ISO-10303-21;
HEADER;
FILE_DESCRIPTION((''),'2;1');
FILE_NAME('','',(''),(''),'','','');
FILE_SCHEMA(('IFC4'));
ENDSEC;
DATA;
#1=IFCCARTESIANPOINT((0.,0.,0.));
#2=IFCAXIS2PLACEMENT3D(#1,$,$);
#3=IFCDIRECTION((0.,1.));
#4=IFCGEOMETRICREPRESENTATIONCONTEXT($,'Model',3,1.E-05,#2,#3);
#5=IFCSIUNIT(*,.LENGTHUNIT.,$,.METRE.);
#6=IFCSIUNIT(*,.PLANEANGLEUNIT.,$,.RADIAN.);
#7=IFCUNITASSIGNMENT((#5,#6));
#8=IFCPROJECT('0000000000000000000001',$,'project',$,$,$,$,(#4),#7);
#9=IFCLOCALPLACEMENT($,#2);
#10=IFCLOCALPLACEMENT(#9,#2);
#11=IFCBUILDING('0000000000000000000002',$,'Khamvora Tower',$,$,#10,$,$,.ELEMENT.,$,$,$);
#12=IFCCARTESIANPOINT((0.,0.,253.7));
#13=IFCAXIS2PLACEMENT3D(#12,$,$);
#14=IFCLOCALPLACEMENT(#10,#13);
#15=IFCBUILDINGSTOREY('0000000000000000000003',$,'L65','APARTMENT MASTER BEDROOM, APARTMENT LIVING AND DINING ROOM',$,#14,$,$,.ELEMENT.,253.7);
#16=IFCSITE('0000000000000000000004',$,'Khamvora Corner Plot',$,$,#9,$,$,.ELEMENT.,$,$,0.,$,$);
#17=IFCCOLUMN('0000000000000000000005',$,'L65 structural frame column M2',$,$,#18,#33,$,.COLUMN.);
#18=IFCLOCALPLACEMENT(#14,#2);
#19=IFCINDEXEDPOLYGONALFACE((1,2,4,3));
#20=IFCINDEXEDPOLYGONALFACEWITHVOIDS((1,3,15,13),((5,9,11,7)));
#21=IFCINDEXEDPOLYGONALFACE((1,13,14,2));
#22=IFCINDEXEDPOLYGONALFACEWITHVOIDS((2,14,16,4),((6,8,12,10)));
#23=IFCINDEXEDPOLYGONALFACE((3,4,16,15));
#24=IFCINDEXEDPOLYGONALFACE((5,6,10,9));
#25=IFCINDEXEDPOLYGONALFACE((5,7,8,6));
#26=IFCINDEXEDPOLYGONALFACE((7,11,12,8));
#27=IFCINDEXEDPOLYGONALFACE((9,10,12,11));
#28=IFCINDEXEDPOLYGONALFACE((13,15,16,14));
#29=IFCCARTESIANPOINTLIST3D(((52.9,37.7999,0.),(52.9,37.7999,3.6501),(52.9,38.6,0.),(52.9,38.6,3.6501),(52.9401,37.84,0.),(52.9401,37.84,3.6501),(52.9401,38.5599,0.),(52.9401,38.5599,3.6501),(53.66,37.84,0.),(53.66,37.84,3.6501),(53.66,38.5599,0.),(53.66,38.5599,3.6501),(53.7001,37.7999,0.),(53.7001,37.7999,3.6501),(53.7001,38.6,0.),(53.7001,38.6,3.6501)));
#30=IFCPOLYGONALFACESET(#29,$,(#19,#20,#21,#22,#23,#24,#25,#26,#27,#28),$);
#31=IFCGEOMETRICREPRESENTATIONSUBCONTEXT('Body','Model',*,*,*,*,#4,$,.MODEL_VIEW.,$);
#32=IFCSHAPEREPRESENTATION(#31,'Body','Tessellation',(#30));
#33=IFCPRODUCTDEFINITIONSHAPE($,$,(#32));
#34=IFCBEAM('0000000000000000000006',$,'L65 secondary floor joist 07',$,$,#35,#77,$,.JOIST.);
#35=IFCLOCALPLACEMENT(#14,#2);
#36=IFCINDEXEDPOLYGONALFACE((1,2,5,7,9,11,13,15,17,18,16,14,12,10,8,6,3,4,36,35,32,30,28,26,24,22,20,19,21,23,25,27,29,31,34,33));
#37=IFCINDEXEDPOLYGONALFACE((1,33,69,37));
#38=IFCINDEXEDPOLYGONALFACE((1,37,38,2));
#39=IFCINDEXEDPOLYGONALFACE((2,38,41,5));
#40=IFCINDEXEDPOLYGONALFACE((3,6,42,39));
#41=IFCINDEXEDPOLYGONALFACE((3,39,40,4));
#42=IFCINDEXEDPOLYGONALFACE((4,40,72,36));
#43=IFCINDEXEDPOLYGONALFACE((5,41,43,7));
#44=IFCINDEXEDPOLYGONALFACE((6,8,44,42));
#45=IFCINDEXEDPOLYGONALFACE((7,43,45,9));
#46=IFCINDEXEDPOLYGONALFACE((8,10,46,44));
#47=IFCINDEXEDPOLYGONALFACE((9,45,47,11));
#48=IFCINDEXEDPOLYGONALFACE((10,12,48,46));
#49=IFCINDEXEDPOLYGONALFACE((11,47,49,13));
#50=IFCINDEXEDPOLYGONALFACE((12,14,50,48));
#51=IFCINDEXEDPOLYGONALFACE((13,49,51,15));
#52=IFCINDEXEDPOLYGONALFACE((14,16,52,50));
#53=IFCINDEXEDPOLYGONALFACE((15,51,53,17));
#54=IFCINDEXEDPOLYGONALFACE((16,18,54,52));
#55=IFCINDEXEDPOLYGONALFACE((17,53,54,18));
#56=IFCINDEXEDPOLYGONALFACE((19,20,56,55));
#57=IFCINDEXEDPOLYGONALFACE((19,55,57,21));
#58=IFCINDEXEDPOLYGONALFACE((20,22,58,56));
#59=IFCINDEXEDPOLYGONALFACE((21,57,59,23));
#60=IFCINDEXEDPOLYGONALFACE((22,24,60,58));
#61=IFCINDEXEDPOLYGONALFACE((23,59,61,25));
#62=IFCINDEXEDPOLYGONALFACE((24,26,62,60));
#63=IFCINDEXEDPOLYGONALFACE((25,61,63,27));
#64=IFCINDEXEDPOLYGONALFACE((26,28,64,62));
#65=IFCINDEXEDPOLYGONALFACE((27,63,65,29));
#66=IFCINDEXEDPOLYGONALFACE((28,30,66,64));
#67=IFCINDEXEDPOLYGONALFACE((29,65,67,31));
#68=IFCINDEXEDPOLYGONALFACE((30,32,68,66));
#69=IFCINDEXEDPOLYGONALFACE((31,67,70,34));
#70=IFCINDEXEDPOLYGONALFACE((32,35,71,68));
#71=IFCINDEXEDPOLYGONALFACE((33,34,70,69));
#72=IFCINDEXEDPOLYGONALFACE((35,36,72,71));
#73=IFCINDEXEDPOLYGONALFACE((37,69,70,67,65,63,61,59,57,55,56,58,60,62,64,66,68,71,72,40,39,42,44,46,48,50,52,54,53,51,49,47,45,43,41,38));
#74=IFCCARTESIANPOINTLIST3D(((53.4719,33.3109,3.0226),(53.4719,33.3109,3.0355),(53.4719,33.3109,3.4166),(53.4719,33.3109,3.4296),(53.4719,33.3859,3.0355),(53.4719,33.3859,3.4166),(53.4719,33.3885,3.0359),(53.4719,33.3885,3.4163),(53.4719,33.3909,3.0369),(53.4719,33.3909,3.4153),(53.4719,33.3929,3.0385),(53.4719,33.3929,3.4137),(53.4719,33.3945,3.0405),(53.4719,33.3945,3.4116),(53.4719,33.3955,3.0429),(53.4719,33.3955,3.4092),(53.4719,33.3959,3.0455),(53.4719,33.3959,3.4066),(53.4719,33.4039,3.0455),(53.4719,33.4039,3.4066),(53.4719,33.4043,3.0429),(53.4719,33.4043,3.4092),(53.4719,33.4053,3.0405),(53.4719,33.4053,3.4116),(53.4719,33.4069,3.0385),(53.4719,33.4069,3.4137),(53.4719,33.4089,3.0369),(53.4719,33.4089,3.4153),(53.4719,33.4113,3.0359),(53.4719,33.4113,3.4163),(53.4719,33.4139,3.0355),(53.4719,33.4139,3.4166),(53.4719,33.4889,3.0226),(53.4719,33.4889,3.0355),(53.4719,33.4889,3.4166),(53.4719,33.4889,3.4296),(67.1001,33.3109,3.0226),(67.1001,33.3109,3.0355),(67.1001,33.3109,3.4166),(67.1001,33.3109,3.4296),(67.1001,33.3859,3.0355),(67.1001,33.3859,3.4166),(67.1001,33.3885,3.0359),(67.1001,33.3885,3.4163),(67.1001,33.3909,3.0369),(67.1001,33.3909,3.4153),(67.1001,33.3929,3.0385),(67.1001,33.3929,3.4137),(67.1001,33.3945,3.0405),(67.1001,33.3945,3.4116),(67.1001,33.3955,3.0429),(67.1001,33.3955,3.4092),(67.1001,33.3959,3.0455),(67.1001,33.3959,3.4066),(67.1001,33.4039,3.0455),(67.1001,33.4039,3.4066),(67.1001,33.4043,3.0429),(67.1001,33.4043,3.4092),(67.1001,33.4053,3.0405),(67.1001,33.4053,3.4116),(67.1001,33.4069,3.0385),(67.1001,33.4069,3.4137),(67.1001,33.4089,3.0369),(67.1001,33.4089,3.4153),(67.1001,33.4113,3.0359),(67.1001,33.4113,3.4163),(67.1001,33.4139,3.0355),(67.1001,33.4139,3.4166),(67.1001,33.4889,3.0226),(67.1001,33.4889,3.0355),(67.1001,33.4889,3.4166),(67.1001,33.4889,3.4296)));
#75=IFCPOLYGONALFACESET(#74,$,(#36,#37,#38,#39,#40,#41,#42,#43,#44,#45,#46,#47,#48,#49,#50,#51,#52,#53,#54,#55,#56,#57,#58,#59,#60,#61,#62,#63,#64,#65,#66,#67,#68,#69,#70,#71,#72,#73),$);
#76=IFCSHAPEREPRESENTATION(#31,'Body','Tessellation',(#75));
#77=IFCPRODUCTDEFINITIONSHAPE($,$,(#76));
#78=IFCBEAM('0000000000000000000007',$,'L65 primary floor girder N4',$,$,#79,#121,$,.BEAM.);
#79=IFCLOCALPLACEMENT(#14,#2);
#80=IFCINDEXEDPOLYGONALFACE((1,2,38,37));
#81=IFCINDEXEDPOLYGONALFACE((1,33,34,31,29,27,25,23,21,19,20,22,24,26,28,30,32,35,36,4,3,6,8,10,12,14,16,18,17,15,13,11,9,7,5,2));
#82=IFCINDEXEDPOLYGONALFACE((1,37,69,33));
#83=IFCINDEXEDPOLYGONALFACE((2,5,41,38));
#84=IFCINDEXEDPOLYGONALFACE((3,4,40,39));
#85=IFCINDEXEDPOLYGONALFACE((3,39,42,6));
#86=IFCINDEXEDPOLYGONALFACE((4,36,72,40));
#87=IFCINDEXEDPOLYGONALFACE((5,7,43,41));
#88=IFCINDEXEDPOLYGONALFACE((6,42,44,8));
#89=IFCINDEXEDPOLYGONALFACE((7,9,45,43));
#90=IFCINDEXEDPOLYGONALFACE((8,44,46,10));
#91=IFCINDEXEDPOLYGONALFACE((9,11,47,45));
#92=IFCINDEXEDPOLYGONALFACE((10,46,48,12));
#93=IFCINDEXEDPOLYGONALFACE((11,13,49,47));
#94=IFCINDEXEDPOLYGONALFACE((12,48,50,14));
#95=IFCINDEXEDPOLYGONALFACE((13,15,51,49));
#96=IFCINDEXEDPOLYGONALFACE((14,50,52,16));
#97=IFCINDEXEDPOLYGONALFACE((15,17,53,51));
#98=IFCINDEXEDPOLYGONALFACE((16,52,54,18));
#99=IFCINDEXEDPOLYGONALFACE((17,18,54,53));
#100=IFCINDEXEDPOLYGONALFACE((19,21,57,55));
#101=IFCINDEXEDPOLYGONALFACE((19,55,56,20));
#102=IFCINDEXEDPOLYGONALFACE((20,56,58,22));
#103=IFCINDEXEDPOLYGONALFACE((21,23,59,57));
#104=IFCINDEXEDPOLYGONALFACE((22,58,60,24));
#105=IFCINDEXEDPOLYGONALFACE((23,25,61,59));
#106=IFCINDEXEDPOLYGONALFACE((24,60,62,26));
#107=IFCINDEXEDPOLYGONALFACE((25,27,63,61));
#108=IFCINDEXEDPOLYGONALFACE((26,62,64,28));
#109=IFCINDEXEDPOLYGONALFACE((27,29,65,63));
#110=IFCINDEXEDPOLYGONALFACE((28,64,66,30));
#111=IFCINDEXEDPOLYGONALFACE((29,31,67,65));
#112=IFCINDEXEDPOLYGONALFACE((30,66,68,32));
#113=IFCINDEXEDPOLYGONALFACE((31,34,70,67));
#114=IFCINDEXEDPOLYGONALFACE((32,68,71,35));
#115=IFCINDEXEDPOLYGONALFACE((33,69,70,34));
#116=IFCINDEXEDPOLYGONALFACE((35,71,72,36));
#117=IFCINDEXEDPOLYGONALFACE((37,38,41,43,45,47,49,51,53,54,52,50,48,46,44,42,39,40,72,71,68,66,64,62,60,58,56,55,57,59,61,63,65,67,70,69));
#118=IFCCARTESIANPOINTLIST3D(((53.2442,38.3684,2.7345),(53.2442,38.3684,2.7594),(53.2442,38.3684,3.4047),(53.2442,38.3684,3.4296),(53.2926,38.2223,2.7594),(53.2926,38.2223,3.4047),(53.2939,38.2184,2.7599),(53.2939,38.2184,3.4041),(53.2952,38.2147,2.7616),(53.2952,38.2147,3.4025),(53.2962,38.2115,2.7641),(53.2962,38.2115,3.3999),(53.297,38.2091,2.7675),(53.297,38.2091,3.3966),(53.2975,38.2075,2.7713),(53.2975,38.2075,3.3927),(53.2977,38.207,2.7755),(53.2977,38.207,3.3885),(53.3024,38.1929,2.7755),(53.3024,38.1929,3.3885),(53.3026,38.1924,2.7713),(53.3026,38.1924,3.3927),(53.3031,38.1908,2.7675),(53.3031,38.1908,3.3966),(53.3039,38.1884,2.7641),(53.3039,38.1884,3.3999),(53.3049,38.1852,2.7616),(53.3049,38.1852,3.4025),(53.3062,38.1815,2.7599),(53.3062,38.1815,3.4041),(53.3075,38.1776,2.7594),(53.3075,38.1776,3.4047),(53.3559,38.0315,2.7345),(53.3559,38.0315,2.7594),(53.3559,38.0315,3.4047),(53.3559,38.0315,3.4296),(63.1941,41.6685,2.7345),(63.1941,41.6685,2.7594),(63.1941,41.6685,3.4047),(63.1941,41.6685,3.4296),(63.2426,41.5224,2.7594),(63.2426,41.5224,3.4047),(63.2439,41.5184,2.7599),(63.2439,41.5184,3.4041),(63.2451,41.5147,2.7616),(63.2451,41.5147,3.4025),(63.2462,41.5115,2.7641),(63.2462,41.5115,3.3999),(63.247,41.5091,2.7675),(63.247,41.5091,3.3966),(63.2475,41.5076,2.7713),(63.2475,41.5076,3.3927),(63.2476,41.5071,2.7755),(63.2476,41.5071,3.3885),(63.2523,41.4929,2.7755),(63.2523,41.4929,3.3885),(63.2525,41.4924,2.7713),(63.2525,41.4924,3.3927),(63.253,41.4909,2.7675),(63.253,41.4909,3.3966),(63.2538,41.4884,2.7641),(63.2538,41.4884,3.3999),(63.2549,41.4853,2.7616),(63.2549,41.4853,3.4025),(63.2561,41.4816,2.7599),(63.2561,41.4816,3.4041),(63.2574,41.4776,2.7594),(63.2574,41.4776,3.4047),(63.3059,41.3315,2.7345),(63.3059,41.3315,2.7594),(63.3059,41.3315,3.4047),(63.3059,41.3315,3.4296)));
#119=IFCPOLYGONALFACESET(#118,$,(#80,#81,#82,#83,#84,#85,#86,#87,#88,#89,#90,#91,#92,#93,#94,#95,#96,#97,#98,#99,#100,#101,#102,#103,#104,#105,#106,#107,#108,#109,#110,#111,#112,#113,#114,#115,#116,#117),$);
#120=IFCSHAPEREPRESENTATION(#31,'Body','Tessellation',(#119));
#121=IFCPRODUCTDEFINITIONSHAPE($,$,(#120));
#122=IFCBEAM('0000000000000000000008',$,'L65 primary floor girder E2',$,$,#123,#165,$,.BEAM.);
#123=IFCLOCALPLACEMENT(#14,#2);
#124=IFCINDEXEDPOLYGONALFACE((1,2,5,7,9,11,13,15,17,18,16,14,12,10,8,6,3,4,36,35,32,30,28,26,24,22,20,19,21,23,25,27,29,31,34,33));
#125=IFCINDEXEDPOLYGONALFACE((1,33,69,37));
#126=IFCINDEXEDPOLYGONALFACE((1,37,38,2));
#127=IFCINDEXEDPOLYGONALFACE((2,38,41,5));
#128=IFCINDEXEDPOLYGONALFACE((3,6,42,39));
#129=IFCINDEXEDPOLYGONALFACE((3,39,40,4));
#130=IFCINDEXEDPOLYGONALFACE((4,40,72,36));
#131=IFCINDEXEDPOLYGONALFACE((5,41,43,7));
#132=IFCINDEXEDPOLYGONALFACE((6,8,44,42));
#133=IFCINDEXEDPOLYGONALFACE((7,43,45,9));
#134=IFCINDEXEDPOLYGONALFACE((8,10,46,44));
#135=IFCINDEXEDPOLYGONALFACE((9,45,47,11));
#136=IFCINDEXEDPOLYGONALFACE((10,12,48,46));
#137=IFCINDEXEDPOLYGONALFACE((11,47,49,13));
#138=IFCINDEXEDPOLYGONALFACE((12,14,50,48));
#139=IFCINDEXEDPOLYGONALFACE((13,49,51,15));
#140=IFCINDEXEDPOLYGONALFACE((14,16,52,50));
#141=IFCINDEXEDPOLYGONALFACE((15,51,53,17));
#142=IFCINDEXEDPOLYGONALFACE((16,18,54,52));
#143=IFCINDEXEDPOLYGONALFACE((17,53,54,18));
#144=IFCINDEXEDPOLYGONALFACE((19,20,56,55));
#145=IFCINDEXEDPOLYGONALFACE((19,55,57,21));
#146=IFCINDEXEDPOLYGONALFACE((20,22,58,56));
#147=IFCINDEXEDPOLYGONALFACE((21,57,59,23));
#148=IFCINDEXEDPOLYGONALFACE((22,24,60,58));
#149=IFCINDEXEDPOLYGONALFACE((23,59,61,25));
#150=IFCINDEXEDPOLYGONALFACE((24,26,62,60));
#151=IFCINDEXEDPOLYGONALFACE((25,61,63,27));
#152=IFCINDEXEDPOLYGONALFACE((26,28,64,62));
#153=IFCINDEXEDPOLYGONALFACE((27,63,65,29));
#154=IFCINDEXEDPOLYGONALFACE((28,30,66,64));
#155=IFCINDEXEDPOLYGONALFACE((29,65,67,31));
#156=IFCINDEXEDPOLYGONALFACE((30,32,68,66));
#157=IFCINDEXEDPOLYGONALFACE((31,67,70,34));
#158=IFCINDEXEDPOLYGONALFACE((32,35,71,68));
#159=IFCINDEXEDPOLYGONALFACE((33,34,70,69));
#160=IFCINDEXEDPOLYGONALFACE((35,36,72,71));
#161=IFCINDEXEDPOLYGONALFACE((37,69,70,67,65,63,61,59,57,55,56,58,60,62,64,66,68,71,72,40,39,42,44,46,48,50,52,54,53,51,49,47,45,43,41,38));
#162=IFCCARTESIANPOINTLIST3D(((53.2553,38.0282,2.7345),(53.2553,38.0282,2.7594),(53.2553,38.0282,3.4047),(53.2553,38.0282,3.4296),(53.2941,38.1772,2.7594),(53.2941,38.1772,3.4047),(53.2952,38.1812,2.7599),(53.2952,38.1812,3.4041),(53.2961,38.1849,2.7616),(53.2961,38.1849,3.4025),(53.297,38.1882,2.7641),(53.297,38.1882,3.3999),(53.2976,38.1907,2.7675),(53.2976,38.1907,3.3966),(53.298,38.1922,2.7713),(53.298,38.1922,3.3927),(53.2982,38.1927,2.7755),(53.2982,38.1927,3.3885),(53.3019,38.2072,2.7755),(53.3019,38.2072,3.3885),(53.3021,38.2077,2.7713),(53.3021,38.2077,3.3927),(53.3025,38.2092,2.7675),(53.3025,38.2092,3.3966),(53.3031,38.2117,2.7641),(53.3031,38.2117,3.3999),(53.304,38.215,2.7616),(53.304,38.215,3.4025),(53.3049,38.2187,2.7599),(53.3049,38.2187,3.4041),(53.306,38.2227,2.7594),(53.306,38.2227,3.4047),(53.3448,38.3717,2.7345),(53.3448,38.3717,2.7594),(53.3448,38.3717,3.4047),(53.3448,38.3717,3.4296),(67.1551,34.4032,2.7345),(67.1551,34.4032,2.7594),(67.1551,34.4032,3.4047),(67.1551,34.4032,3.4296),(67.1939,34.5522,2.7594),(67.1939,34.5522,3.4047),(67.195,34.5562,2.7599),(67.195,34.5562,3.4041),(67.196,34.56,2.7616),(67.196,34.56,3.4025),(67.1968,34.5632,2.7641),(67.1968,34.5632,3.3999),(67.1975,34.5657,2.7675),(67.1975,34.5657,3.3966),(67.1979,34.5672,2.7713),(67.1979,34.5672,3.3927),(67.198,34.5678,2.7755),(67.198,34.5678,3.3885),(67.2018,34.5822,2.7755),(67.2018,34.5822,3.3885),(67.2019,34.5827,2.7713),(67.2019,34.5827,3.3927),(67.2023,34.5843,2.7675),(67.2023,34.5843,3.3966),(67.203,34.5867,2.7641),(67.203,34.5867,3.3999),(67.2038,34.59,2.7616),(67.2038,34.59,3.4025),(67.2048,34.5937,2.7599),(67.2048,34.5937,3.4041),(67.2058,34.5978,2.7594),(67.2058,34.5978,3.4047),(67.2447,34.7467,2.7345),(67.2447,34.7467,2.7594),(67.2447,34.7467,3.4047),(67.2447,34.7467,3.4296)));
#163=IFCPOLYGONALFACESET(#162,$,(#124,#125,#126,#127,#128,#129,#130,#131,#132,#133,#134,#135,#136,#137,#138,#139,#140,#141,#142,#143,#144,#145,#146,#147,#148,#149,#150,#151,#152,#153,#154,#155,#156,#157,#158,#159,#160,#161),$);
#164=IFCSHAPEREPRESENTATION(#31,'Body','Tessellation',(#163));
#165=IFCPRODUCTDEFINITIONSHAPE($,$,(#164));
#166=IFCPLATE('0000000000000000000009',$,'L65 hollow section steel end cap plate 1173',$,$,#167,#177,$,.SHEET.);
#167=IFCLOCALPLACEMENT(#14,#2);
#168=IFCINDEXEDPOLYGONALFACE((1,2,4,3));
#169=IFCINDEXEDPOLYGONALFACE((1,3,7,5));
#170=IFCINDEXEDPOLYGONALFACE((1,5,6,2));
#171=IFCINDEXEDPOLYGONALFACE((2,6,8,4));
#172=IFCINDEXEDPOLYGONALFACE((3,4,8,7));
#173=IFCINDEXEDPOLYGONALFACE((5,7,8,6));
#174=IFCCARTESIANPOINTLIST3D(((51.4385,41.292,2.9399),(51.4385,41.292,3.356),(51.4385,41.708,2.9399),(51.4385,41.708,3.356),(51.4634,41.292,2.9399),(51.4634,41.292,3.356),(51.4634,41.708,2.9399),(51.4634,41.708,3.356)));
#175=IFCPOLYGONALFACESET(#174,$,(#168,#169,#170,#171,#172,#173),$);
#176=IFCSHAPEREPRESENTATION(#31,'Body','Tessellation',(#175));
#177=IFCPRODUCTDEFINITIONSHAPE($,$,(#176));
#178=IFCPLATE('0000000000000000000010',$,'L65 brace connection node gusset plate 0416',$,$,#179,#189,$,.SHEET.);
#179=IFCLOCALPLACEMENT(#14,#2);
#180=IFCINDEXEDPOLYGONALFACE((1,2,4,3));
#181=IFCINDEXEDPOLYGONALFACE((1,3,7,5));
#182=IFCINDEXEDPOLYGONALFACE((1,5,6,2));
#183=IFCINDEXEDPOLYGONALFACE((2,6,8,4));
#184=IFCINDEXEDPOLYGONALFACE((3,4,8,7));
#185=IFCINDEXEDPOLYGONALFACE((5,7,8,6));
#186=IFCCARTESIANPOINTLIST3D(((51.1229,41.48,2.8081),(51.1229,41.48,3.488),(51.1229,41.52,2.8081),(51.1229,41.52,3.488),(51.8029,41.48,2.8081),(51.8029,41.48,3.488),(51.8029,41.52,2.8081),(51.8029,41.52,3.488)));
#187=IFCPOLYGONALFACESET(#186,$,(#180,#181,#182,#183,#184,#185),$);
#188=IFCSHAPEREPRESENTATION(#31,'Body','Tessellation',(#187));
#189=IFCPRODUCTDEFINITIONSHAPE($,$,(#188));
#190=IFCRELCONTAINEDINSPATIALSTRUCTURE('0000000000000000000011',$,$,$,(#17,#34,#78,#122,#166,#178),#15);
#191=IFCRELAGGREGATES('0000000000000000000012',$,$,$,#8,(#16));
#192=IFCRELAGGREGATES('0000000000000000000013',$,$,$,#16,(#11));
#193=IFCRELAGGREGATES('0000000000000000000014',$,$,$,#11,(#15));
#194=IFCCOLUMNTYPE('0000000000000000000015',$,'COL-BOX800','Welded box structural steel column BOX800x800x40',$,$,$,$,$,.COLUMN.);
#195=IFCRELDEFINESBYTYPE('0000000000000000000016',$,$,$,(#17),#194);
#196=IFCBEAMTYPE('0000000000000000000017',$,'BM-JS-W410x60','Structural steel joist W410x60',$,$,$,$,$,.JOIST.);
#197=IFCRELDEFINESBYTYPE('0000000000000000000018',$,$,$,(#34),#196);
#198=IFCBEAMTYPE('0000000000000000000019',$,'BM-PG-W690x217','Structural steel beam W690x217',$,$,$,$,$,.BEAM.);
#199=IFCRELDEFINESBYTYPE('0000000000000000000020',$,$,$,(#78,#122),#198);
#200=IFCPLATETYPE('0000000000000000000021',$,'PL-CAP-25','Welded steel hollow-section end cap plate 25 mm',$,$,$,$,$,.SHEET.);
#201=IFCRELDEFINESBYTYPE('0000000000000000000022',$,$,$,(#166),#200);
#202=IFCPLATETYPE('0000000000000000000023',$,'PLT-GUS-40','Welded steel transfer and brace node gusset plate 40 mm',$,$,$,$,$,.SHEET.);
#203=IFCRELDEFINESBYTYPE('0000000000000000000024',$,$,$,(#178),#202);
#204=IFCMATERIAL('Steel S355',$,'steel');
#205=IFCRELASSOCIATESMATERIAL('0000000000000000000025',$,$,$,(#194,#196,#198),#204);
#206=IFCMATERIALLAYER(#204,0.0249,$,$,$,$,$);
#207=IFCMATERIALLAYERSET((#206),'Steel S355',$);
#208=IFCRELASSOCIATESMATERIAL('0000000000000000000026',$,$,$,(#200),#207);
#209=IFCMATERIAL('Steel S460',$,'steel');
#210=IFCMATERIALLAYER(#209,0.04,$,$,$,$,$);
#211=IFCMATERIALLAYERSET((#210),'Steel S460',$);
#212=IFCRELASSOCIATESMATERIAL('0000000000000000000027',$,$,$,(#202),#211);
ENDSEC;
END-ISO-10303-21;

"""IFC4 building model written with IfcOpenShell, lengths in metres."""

from ifc_helpers import new_model, si_unit, direction, frame, origin, origin_2d, place, context, subcontext, project, spatial, rectangle, hollow_rectangle, i_section, extrude, material, layer, layer_set, material_profile, profile_set, type_object, element, save


model = new_model("IFC4")

# Units and contexts
model_context = context("Model", 3, precision=1e-05, world=origin(), true_north=direction((0.0, 1.0)))
body_context = subcontext(model_context, "Body", "Model", "MODEL_VIEW")
ifc_project = project(units=[si_unit("LENGTHUNIT", "METRE"), si_unit("PLANEANGLEUNIT", "RADIAN")], contexts=[model_context])

# Site, building, storey
site_placement = place(None, origin())
site = spatial("IfcSite", under=ifc_project, at=site_placement, Name="Khamvora Corner Plot", CompositionType="ELEMENT", RefElevation=0.0)
building_placement = place(site_placement, origin())
building = spatial("IfcBuilding", under=site, at=building_placement, Name="Khamvora Tower", CompositionType="ELEMENT")
storey_placement = place(building_placement, frame((0.0, 0.0, 253.7)))
storey = spatial("IfcBuildingStorey", under=building, at=storey_placement, Name="L65", Description="APARTMENT MASTER BEDROOM, APARTMENT LIVING AND DINING ROOM", CompositionType="ELEMENT", Elevation=253.7)

# Column
ifc_material_1 = material(Name="Steel S355", Category="steel")
ifc_material_profile_1 = material_profile(ifc_material_1, hollow_rectangle(XDim=0.8, YDim=0.8, WallThickness=0.04, at=origin_2d()), Name="BOX800x800x40")
ifc_profile_set_1 = profile_set([ifc_material_profile_1], Name="Steel S355")
column_type = type_object("IfcColumnType", Name="COL-BOX800", Description="Welded box structural steel column BOX800x800x40", PredefinedType="COLUMN", material=ifc_profile_set_1)
column_placement = place(storey_placement, frame((53.3, 38.2, 0.0), z_axis=(0.0, 0.0, 1.0), x_axis=(1.0, 0.0, 0.0)))
element("IfcColumn", 1, at=column_placement, inside=storey, type_object=column_type, Name="L65 structural frame column M2", PredefinedType="COLUMN", context=body_context, shape_type="SweptSolid", body=[
    extrude(hollow_rectangle(XDim=0.8, YDim=0.8, WallThickness=0.04, at=origin_2d()), origin(), (0.0, 0.0, 1.0), 3.6501),
])

# Beams
ifc_material_profile_2 = material_profile(ifc_material_1, i_section(OverallWidth=0.178, OverallDepth=0.407, WebThickness=0.0081, FlangeThickness=0.0129, FilletRadius=0.01, at=origin_2d()), Name="W410x60")
ifc_profile_set_2 = profile_set([ifc_material_profile_2], Name="Steel S355")
beam_type_1 = type_object("IfcBeamType", Name="BM-JS-W410x60", Description="Structural steel joist W410x60", PredefinedType="JOIST", material=ifc_profile_set_2)
beam_1_placement = place(storey_placement, frame((53.4719, 33.3999, 3.2261), z_axis=(1.0, 0.0, 0.0), x_axis=(0.0, 1.0, 0.0)))
element("IfcBeam", 2, at=beam_1_placement, inside=storey, type_object=beam_type_1, Name="L65 secondary floor joist 07", PredefinedType="JOIST", context=body_context, shape_type="SweptSolid", body=[
    extrude(i_section(OverallWidth=0.178, OverallDepth=0.407, WebThickness=0.0081, FlangeThickness=0.0129, FilletRadius=0.01, at=origin_2d()), origin(), (0.0, 0.0, 1.0), 13.6282),
])
ifc_material_profile_3 = material_profile(ifc_material_1, i_section(OverallWidth=0.355, OverallDepth=0.6951, WebThickness=0.0149, FlangeThickness=0.0249, FilletRadius=0.0161, at=origin_2d()), Name="W690x217")
ifc_profile_set_3 = profile_set([ifc_material_profile_3], Name="Steel S355")
beam_type_2 = type_object("IfcBeamType", Name="BM-PG-W690x217", Description="Structural steel beam W690x217", PredefinedType="BEAM", material=ifc_profile_set_3)
beam_2_placement = place(storey_placement, frame((53.3, 38.2, 3.082), z_axis=(0.949157, 0.314802, 0.0), x_axis=(-0.314802, 0.949157, 0.0)))
element("IfcBeam", 3, at=beam_2_placement, inside=storey, type_object=beam_type_2, Name="L65 primary floor girder N4", PredefinedType="BEAM", context=body_context, shape_type="SweptSolid", body=[
    extrude(i_section(OverallWidth=0.355, OverallDepth=0.6951, WebThickness=0.0149, FlangeThickness=0.0249, FilletRadius=0.0161, at=origin_2d()), origin(), (0.0, 0.0, 1.0), 10.4829),
])
beam_3_placement = place(storey_placement, frame((53.3, 38.2, 3.082), z_axis=(0.967635, -0.252353, 0.0), x_axis=(0.252353, 0.967635, 0.0)))
element("IfcBeam", 4, at=beam_3_placement, inside=storey, type_object=beam_type_2, Name="L65 primary floor girder E2", PredefinedType="BEAM", context=body_context, shape_type="SweptSolid", body=[
    extrude(i_section(OverallWidth=0.355, OverallDepth=0.6951, WebThickness=0.0149, FlangeThickness=0.0249, FilletRadius=0.0161, at=origin_2d()), origin(), (0.0, 0.0, 1.0), 14.3647),
])

# Plates
ifc_layer_1 = layer(ifc_material_1, 0.0249)
ifc_layer_set_1 = layer_set([ifc_layer_1], Name="Steel S355")
plate_type_1 = type_object("IfcPlateType", Name="PL-CAP-25", Description="Welded steel hollow-section end cap plate 25 mm", PredefinedType="SHEET", material=ifc_layer_set_1)
plate_1_placement = place(storey_placement, frame((51.4509, 41.5, 2.9399), z_axis=(0.0, 0.0, 1.0), x_axis=(-1.0, 0.0, 0.0)))
element("IfcPlate", 5, at=plate_1_placement, inside=storey, type_object=plate_type_1, Name="L65 hollow section steel end cap plate 1173", PredefinedType="SHEET", context=body_context, shape_type="SweptSolid", body=[
    extrude(rectangle(XDim=0.0249, YDim=0.416, at=origin_2d()), origin(), (0.0, 0.0, 1.0), 0.416),
])
ifc_material_2 = material(Name="Steel S460", Category="steel")
ifc_layer_2 = layer(ifc_material_2, 0.04)
ifc_layer_set_2 = layer_set([ifc_layer_2], Name="Steel S460")
plate_type_2 = type_object("IfcPlateType", Name="PLT-GUS-40", Description="Welded steel transfer and brace node gusset plate 40 mm", PredefinedType="SHEET", material=ifc_layer_set_2)
plate_2_placement = place(storey_placement, frame((51.4629, 41.5, 2.8081), z_axis=(0.0, 0.0, 1.0), x_axis=(1.0, 0.0, 0.0)))
element("IfcPlate", 6, at=plate_2_placement, inside=storey, type_object=plate_type_2, Name="L65 brace connection node gusset plate 0416", PredefinedType="SHEET", context=body_context, shape_type="SweptSolid", body=[
    extrude(rectangle(XDim=0.6799, YDim=0.04, at=origin_2d()), origin(), (0.0, 0.0, 1.0), 0.6799),
])

save(model, "model.ifc")
